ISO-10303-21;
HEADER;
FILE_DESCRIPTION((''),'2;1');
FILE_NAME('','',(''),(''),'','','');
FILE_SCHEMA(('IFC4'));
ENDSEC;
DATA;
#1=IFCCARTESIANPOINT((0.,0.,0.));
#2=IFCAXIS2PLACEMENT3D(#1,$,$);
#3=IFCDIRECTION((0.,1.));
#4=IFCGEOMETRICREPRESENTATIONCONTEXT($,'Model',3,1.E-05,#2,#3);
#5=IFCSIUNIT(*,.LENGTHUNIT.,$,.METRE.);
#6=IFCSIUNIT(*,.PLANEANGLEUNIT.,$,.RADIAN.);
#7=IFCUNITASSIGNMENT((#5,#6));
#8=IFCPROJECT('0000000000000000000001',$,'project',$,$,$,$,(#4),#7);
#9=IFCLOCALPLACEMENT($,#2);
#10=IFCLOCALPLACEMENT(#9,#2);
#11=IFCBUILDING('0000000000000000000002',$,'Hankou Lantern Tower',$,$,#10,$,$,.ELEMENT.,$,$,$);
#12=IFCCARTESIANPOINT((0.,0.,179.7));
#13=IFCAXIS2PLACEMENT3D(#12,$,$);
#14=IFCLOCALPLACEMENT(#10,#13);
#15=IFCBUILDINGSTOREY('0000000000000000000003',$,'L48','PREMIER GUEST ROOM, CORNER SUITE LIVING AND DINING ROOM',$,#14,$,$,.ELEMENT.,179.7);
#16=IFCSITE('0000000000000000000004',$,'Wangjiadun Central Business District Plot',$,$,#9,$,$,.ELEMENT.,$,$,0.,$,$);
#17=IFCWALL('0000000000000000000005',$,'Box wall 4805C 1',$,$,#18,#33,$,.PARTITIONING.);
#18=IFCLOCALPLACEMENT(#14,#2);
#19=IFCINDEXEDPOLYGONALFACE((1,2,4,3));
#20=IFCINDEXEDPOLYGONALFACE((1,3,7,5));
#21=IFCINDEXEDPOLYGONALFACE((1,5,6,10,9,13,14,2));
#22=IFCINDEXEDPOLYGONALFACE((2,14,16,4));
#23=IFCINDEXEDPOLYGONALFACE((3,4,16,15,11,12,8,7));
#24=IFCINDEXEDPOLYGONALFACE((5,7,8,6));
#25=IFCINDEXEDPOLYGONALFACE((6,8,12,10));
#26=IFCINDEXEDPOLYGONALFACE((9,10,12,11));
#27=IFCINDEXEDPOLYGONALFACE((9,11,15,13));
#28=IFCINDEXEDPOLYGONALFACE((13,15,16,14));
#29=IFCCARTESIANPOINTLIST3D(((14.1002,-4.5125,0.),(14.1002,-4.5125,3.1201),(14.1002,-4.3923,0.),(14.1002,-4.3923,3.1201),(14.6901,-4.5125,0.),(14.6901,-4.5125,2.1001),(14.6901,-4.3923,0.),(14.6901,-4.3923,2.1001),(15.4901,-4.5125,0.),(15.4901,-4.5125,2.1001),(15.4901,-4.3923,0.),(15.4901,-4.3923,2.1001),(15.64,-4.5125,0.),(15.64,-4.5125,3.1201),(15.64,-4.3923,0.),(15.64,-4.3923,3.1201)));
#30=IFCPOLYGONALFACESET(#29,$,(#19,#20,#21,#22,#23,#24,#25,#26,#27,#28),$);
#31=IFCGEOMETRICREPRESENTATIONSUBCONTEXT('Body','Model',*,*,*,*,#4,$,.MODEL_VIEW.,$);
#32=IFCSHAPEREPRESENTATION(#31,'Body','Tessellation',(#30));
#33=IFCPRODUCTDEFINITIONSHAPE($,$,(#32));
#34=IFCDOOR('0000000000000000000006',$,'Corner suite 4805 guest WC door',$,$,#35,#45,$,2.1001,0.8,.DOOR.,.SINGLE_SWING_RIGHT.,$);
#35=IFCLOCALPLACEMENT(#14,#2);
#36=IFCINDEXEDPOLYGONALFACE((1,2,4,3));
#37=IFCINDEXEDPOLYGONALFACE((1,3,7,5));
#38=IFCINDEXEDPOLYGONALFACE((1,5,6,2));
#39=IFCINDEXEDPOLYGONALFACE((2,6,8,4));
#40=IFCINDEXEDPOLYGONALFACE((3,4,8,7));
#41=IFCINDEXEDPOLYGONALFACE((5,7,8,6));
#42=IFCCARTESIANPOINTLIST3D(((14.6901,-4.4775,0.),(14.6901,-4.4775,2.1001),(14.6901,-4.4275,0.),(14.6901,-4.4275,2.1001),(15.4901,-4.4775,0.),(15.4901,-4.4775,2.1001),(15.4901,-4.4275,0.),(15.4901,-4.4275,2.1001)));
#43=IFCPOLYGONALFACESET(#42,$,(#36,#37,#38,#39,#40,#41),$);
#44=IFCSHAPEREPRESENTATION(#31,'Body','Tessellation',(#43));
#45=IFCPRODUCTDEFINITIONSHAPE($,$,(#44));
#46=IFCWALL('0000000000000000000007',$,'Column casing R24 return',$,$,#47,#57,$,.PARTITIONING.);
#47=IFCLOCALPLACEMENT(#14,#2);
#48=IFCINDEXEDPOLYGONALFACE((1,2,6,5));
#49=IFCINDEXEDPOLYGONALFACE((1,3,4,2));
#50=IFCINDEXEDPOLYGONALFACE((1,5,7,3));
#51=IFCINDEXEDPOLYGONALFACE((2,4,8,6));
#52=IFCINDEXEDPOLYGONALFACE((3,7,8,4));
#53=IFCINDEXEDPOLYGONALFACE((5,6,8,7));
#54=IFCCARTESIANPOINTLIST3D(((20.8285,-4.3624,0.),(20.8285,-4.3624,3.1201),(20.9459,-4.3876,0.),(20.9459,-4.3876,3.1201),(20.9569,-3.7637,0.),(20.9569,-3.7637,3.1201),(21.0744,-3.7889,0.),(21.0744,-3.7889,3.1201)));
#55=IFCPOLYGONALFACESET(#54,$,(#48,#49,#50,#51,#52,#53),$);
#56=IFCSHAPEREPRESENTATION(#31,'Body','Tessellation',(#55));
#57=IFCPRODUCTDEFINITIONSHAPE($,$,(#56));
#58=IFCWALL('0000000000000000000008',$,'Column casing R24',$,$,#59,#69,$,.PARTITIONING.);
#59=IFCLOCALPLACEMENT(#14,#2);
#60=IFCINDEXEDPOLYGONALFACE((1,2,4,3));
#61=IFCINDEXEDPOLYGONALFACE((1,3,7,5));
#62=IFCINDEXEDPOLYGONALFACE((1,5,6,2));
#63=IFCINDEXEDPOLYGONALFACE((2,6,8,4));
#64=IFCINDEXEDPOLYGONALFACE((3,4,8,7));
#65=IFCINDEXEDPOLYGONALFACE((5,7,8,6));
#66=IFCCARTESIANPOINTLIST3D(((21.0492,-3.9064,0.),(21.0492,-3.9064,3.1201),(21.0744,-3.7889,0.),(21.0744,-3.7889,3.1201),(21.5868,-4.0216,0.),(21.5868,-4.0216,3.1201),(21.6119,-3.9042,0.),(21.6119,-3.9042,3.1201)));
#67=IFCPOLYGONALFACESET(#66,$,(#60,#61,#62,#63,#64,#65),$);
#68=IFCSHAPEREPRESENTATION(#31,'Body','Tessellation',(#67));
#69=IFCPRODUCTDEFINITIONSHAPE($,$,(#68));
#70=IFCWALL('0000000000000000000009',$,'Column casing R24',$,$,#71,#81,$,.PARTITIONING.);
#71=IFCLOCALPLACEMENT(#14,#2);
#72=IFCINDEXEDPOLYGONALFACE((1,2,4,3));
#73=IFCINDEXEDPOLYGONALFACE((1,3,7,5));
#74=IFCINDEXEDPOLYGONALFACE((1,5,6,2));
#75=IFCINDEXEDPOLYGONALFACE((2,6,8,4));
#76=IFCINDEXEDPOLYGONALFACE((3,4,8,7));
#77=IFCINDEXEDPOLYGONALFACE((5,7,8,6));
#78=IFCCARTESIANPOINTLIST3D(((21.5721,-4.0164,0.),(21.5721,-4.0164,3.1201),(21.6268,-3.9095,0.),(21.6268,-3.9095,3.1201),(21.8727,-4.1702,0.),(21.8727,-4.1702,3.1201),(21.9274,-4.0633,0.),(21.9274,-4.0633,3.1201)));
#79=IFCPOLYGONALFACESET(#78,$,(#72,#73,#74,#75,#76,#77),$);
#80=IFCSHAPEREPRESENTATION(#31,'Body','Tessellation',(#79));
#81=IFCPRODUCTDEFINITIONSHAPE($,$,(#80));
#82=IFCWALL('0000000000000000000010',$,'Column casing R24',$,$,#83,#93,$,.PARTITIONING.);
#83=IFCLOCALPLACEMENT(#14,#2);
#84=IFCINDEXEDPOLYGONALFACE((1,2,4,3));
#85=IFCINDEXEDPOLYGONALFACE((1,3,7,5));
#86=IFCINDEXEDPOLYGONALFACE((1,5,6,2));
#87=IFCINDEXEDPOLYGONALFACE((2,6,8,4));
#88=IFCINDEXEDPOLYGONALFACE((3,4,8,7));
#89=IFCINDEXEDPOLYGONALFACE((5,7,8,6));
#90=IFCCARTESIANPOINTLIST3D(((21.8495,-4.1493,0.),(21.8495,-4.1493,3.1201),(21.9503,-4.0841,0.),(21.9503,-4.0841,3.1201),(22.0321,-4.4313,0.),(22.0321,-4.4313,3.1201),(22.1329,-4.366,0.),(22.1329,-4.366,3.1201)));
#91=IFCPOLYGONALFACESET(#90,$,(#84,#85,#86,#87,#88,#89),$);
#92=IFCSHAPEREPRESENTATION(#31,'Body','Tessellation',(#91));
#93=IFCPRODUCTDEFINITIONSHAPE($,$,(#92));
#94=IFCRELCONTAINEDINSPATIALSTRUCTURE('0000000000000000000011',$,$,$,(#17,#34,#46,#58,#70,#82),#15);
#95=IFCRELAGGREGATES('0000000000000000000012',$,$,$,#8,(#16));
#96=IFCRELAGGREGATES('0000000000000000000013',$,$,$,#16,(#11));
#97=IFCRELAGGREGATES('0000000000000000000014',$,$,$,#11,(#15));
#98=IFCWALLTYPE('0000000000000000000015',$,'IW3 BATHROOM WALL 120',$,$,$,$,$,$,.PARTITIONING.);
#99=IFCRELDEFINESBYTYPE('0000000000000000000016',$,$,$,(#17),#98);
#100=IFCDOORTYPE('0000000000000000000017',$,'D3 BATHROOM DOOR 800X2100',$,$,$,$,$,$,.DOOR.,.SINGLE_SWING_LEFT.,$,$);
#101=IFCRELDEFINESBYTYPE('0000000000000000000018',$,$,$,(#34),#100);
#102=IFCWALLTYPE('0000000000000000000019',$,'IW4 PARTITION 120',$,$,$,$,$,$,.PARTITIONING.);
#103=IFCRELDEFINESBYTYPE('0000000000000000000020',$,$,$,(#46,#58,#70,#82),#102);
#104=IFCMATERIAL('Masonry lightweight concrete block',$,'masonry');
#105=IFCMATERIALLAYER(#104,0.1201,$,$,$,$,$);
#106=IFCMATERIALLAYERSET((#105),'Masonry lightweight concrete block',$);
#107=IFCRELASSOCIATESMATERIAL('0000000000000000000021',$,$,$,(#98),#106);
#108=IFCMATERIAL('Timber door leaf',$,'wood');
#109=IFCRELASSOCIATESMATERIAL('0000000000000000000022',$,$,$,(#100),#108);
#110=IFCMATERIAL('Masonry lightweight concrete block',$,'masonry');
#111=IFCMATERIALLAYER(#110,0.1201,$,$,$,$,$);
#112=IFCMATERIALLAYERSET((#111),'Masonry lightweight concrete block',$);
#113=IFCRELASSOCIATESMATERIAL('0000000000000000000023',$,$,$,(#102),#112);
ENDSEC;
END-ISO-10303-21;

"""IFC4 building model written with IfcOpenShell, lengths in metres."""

from ifc_helpers import new_model, si_unit, direction, frame, frame_2d, origin, place, context, subcontext, project, spatial, rectangle, extrude, material, layer, layer_set, type_object, element, fill, save


model = new_model("IFC4")

# Units and contexts
model_context = context("Model", 3, precision=1e-05, world=origin(), true_north=direction((0.0, 1.0)))
body_context = subcontext(model_context, "Body", "Model", "MODEL_VIEW")
ifc_project = project(units=[si_unit("LENGTHUNIT", "METRE"), si_unit("PLANEANGLEUNIT", "RADIAN")], contexts=[model_context])

# Site, building, storey
site_placement = place(None, origin())
site = spatial("IfcSite", under=ifc_project, at=site_placement, Name="Wangjiadun Central Business District Plot", CompositionType="ELEMENT", RefElevation=0.0)
building_placement = place(site_placement, origin())
building = spatial("IfcBuilding", under=site, at=building_placement, Name="Hankou Lantern Tower", CompositionType="ELEMENT")
storey_placement = place(building_placement, frame((0.0, 0.0, 179.7)))
storey = spatial("IfcBuildingStorey", under=building, at=storey_placement, Name="L48", Description="PREMIER GUEST ROOM, CORNER SUITE LIVING AND DINING ROOM", CompositionType="ELEMENT", Elevation=179.7)

# Shared definitions
ifc_material_1 = material(Name="Masonry lightweight concrete block", Category="masonry")
ifc_layer_1 = layer(ifc_material_1, 0.1201)
ifc_layer_set_1 = layer_set([ifc_layer_1], Name="Masonry lightweight concrete block")
wall_type_1 = type_object("IfcWallType", Name="IW3 BATHROOM WALL 120", PredefinedType="PARTITIONING", material=ifc_layer_set_1)

# Wall, opening, door
wall_1_placement = place(storey_placement, frame((14.1001, -4.4524, 0.0), z_axis=(0.0, 0.0, 1.0), x_axis=(1.0, 0.0, 0.0)))
wall_1 = element("IfcWall", 1, at=wall_1_placement, inside=storey, type_object=wall_type_1, Name="Box wall 4805C 1", PredefinedType="PARTITIONING", context=body_context, shape_type="SweptSolid", body=[
    extrude(rectangle(XDim=1.5398, YDim=0.1201, at=frame_2d((0.77, 0.0))), origin(), (0.0, 0.0, 1.0), 3.1201),
])
opening_1_placement = place(wall_1_placement, frame((0.5901, 0.0, 0.0)))
opening_1 = element("IfcOpeningElement", 2, at=opening_1_placement, cuts=wall_1, PredefinedType="OPENING", context=body_context, shape_type="SweptSolid", body=[
    extrude(rectangle(XDim=0.8, YDim=2.1001, at=frame_2d((0.3999, 1.05))), frame((0.0, 0.0701, 0.0), z_axis=(0.0, -1.0, 0.0), x_axis=(1.0, 0.0, 0.0)), (0.0, 0.0, 1.0), 0.1401),
])
ifc_material_2 = material(Name="Timber door leaf", Category="wood")
door_type_1 = type_object("IfcDoorType", Name="D3 BATHROOM DOOR 800X2100", OperationType="SINGLE_SWING_LEFT", PredefinedType="DOOR", material=ifc_material_2)
door_1_placement = place(opening_1_placement, origin())
door_1 = element("IfcDoor", 3, at=door_1_placement, inside=storey, type_object=door_type_1, Name="Corner suite 4805 guest WC door", OperationType="SINGLE_SWING_RIGHT", OverallHeight=2.1001, OverallWidth=0.8, PredefinedType="DOOR", context=body_context, shape_type="SweptSolid", body=[
    extrude(rectangle(XDim=0.8, YDim=2.1001, at=frame_2d((0.3999, 1.05))), frame((0.0, 0.0249, 0.0), z_axis=(0.0, -1.0, 0.0), x_axis=(1.0, 0.0, 0.0)), (0.0, 0.0, 1.0), 0.05),
])
fill(opening_1, door_1)

# Walls
ifc_material_3 = material(Name="Masonry lightweight concrete block", Category="masonry")
ifc_layer_2 = layer(ifc_material_3, 0.1201)
ifc_layer_set_2 = layer_set([ifc_layer_2], Name="Masonry lightweight concrete block")
wall_type_2 = type_object("IfcWallType", Name="IW4 PARTITION 120", PredefinedType="PARTITIONING", material=ifc_layer_set_2)
wall_2_placement = place(storey_placement, frame((20.8872, -4.375, 0.0), z_axis=(0.0, 0.0, 1.0), x_axis=(0.209747, 0.977756, 0.0)))
element("IfcWall", 4, at=wall_2_placement, inside=storey, type_object=wall_type_2, Name="Column casing R24 return", PredefinedType="PARTITIONING", context=body_context, shape_type="SweptSolid", body=[
    extrude(rectangle(XDim=0.6123, YDim=0.1201, at=frame_2d((0.3062, 0.0))), origin(), (0.0, 0.0, 1.0), 3.1201),
])
wall_3_placement = place(storey_placement, frame((21.0618, -3.8477, 0.0), z_axis=(0.0, 0.0, 1.0), x_axis=(0.977789, -0.20959, 0.0)))
element("IfcWall", 5, at=wall_3_placement, inside=storey, type_object=wall_type_2, Name="Column casing R24", PredefinedType="PARTITIONING", context=body_context, shape_type="SweptSolid", body=[
    extrude(rectangle(XDim=0.5498, YDim=0.1201, at=frame_2d((0.2749, 0.0))), origin(), (0.0, 0.0, 1.0), 3.1201),
])
wall_4_placement = place(storey_placement, frame((21.5994, -3.9629, 0.0), z_axis=(0.0, 0.0, 1.0), x_axis=(0.890194, -0.455582, 0.0)))
element("IfcWall", 6, at=wall_4_placement, inside=storey, type_object=wall_type_2, Name="Column casing R24", PredefinedType="PARTITIONING", context=body_context, shape_type="SweptSolid", body=[
    extrude(rectangle(XDim=0.3376, YDim=0.1201, at=frame_2d((0.1689, 0.0))), origin(), (0.0, 0.0, 1.0), 3.1201),
])
wall_5_placement = place(storey_placement, frame((21.8999, -4.1167, 0.0), z_axis=(0.0, 0.0, 1.0), x_axis=(0.543583, -0.839356, 0.0)))
element("IfcWall", 7, at=wall_5_placement, inside=storey, type_object=wall_type_2, Name="Column casing R24", PredefinedType="PARTITIONING", context=body_context, shape_type="SweptSolid", body=[
    extrude(rectangle(XDim=0.3359, YDim=0.1201, at=frame_2d((0.168, 0.0))), origin(), (0.0, 0.0, 1.0), 3.1201),
])

save(model, "model.ifc")
